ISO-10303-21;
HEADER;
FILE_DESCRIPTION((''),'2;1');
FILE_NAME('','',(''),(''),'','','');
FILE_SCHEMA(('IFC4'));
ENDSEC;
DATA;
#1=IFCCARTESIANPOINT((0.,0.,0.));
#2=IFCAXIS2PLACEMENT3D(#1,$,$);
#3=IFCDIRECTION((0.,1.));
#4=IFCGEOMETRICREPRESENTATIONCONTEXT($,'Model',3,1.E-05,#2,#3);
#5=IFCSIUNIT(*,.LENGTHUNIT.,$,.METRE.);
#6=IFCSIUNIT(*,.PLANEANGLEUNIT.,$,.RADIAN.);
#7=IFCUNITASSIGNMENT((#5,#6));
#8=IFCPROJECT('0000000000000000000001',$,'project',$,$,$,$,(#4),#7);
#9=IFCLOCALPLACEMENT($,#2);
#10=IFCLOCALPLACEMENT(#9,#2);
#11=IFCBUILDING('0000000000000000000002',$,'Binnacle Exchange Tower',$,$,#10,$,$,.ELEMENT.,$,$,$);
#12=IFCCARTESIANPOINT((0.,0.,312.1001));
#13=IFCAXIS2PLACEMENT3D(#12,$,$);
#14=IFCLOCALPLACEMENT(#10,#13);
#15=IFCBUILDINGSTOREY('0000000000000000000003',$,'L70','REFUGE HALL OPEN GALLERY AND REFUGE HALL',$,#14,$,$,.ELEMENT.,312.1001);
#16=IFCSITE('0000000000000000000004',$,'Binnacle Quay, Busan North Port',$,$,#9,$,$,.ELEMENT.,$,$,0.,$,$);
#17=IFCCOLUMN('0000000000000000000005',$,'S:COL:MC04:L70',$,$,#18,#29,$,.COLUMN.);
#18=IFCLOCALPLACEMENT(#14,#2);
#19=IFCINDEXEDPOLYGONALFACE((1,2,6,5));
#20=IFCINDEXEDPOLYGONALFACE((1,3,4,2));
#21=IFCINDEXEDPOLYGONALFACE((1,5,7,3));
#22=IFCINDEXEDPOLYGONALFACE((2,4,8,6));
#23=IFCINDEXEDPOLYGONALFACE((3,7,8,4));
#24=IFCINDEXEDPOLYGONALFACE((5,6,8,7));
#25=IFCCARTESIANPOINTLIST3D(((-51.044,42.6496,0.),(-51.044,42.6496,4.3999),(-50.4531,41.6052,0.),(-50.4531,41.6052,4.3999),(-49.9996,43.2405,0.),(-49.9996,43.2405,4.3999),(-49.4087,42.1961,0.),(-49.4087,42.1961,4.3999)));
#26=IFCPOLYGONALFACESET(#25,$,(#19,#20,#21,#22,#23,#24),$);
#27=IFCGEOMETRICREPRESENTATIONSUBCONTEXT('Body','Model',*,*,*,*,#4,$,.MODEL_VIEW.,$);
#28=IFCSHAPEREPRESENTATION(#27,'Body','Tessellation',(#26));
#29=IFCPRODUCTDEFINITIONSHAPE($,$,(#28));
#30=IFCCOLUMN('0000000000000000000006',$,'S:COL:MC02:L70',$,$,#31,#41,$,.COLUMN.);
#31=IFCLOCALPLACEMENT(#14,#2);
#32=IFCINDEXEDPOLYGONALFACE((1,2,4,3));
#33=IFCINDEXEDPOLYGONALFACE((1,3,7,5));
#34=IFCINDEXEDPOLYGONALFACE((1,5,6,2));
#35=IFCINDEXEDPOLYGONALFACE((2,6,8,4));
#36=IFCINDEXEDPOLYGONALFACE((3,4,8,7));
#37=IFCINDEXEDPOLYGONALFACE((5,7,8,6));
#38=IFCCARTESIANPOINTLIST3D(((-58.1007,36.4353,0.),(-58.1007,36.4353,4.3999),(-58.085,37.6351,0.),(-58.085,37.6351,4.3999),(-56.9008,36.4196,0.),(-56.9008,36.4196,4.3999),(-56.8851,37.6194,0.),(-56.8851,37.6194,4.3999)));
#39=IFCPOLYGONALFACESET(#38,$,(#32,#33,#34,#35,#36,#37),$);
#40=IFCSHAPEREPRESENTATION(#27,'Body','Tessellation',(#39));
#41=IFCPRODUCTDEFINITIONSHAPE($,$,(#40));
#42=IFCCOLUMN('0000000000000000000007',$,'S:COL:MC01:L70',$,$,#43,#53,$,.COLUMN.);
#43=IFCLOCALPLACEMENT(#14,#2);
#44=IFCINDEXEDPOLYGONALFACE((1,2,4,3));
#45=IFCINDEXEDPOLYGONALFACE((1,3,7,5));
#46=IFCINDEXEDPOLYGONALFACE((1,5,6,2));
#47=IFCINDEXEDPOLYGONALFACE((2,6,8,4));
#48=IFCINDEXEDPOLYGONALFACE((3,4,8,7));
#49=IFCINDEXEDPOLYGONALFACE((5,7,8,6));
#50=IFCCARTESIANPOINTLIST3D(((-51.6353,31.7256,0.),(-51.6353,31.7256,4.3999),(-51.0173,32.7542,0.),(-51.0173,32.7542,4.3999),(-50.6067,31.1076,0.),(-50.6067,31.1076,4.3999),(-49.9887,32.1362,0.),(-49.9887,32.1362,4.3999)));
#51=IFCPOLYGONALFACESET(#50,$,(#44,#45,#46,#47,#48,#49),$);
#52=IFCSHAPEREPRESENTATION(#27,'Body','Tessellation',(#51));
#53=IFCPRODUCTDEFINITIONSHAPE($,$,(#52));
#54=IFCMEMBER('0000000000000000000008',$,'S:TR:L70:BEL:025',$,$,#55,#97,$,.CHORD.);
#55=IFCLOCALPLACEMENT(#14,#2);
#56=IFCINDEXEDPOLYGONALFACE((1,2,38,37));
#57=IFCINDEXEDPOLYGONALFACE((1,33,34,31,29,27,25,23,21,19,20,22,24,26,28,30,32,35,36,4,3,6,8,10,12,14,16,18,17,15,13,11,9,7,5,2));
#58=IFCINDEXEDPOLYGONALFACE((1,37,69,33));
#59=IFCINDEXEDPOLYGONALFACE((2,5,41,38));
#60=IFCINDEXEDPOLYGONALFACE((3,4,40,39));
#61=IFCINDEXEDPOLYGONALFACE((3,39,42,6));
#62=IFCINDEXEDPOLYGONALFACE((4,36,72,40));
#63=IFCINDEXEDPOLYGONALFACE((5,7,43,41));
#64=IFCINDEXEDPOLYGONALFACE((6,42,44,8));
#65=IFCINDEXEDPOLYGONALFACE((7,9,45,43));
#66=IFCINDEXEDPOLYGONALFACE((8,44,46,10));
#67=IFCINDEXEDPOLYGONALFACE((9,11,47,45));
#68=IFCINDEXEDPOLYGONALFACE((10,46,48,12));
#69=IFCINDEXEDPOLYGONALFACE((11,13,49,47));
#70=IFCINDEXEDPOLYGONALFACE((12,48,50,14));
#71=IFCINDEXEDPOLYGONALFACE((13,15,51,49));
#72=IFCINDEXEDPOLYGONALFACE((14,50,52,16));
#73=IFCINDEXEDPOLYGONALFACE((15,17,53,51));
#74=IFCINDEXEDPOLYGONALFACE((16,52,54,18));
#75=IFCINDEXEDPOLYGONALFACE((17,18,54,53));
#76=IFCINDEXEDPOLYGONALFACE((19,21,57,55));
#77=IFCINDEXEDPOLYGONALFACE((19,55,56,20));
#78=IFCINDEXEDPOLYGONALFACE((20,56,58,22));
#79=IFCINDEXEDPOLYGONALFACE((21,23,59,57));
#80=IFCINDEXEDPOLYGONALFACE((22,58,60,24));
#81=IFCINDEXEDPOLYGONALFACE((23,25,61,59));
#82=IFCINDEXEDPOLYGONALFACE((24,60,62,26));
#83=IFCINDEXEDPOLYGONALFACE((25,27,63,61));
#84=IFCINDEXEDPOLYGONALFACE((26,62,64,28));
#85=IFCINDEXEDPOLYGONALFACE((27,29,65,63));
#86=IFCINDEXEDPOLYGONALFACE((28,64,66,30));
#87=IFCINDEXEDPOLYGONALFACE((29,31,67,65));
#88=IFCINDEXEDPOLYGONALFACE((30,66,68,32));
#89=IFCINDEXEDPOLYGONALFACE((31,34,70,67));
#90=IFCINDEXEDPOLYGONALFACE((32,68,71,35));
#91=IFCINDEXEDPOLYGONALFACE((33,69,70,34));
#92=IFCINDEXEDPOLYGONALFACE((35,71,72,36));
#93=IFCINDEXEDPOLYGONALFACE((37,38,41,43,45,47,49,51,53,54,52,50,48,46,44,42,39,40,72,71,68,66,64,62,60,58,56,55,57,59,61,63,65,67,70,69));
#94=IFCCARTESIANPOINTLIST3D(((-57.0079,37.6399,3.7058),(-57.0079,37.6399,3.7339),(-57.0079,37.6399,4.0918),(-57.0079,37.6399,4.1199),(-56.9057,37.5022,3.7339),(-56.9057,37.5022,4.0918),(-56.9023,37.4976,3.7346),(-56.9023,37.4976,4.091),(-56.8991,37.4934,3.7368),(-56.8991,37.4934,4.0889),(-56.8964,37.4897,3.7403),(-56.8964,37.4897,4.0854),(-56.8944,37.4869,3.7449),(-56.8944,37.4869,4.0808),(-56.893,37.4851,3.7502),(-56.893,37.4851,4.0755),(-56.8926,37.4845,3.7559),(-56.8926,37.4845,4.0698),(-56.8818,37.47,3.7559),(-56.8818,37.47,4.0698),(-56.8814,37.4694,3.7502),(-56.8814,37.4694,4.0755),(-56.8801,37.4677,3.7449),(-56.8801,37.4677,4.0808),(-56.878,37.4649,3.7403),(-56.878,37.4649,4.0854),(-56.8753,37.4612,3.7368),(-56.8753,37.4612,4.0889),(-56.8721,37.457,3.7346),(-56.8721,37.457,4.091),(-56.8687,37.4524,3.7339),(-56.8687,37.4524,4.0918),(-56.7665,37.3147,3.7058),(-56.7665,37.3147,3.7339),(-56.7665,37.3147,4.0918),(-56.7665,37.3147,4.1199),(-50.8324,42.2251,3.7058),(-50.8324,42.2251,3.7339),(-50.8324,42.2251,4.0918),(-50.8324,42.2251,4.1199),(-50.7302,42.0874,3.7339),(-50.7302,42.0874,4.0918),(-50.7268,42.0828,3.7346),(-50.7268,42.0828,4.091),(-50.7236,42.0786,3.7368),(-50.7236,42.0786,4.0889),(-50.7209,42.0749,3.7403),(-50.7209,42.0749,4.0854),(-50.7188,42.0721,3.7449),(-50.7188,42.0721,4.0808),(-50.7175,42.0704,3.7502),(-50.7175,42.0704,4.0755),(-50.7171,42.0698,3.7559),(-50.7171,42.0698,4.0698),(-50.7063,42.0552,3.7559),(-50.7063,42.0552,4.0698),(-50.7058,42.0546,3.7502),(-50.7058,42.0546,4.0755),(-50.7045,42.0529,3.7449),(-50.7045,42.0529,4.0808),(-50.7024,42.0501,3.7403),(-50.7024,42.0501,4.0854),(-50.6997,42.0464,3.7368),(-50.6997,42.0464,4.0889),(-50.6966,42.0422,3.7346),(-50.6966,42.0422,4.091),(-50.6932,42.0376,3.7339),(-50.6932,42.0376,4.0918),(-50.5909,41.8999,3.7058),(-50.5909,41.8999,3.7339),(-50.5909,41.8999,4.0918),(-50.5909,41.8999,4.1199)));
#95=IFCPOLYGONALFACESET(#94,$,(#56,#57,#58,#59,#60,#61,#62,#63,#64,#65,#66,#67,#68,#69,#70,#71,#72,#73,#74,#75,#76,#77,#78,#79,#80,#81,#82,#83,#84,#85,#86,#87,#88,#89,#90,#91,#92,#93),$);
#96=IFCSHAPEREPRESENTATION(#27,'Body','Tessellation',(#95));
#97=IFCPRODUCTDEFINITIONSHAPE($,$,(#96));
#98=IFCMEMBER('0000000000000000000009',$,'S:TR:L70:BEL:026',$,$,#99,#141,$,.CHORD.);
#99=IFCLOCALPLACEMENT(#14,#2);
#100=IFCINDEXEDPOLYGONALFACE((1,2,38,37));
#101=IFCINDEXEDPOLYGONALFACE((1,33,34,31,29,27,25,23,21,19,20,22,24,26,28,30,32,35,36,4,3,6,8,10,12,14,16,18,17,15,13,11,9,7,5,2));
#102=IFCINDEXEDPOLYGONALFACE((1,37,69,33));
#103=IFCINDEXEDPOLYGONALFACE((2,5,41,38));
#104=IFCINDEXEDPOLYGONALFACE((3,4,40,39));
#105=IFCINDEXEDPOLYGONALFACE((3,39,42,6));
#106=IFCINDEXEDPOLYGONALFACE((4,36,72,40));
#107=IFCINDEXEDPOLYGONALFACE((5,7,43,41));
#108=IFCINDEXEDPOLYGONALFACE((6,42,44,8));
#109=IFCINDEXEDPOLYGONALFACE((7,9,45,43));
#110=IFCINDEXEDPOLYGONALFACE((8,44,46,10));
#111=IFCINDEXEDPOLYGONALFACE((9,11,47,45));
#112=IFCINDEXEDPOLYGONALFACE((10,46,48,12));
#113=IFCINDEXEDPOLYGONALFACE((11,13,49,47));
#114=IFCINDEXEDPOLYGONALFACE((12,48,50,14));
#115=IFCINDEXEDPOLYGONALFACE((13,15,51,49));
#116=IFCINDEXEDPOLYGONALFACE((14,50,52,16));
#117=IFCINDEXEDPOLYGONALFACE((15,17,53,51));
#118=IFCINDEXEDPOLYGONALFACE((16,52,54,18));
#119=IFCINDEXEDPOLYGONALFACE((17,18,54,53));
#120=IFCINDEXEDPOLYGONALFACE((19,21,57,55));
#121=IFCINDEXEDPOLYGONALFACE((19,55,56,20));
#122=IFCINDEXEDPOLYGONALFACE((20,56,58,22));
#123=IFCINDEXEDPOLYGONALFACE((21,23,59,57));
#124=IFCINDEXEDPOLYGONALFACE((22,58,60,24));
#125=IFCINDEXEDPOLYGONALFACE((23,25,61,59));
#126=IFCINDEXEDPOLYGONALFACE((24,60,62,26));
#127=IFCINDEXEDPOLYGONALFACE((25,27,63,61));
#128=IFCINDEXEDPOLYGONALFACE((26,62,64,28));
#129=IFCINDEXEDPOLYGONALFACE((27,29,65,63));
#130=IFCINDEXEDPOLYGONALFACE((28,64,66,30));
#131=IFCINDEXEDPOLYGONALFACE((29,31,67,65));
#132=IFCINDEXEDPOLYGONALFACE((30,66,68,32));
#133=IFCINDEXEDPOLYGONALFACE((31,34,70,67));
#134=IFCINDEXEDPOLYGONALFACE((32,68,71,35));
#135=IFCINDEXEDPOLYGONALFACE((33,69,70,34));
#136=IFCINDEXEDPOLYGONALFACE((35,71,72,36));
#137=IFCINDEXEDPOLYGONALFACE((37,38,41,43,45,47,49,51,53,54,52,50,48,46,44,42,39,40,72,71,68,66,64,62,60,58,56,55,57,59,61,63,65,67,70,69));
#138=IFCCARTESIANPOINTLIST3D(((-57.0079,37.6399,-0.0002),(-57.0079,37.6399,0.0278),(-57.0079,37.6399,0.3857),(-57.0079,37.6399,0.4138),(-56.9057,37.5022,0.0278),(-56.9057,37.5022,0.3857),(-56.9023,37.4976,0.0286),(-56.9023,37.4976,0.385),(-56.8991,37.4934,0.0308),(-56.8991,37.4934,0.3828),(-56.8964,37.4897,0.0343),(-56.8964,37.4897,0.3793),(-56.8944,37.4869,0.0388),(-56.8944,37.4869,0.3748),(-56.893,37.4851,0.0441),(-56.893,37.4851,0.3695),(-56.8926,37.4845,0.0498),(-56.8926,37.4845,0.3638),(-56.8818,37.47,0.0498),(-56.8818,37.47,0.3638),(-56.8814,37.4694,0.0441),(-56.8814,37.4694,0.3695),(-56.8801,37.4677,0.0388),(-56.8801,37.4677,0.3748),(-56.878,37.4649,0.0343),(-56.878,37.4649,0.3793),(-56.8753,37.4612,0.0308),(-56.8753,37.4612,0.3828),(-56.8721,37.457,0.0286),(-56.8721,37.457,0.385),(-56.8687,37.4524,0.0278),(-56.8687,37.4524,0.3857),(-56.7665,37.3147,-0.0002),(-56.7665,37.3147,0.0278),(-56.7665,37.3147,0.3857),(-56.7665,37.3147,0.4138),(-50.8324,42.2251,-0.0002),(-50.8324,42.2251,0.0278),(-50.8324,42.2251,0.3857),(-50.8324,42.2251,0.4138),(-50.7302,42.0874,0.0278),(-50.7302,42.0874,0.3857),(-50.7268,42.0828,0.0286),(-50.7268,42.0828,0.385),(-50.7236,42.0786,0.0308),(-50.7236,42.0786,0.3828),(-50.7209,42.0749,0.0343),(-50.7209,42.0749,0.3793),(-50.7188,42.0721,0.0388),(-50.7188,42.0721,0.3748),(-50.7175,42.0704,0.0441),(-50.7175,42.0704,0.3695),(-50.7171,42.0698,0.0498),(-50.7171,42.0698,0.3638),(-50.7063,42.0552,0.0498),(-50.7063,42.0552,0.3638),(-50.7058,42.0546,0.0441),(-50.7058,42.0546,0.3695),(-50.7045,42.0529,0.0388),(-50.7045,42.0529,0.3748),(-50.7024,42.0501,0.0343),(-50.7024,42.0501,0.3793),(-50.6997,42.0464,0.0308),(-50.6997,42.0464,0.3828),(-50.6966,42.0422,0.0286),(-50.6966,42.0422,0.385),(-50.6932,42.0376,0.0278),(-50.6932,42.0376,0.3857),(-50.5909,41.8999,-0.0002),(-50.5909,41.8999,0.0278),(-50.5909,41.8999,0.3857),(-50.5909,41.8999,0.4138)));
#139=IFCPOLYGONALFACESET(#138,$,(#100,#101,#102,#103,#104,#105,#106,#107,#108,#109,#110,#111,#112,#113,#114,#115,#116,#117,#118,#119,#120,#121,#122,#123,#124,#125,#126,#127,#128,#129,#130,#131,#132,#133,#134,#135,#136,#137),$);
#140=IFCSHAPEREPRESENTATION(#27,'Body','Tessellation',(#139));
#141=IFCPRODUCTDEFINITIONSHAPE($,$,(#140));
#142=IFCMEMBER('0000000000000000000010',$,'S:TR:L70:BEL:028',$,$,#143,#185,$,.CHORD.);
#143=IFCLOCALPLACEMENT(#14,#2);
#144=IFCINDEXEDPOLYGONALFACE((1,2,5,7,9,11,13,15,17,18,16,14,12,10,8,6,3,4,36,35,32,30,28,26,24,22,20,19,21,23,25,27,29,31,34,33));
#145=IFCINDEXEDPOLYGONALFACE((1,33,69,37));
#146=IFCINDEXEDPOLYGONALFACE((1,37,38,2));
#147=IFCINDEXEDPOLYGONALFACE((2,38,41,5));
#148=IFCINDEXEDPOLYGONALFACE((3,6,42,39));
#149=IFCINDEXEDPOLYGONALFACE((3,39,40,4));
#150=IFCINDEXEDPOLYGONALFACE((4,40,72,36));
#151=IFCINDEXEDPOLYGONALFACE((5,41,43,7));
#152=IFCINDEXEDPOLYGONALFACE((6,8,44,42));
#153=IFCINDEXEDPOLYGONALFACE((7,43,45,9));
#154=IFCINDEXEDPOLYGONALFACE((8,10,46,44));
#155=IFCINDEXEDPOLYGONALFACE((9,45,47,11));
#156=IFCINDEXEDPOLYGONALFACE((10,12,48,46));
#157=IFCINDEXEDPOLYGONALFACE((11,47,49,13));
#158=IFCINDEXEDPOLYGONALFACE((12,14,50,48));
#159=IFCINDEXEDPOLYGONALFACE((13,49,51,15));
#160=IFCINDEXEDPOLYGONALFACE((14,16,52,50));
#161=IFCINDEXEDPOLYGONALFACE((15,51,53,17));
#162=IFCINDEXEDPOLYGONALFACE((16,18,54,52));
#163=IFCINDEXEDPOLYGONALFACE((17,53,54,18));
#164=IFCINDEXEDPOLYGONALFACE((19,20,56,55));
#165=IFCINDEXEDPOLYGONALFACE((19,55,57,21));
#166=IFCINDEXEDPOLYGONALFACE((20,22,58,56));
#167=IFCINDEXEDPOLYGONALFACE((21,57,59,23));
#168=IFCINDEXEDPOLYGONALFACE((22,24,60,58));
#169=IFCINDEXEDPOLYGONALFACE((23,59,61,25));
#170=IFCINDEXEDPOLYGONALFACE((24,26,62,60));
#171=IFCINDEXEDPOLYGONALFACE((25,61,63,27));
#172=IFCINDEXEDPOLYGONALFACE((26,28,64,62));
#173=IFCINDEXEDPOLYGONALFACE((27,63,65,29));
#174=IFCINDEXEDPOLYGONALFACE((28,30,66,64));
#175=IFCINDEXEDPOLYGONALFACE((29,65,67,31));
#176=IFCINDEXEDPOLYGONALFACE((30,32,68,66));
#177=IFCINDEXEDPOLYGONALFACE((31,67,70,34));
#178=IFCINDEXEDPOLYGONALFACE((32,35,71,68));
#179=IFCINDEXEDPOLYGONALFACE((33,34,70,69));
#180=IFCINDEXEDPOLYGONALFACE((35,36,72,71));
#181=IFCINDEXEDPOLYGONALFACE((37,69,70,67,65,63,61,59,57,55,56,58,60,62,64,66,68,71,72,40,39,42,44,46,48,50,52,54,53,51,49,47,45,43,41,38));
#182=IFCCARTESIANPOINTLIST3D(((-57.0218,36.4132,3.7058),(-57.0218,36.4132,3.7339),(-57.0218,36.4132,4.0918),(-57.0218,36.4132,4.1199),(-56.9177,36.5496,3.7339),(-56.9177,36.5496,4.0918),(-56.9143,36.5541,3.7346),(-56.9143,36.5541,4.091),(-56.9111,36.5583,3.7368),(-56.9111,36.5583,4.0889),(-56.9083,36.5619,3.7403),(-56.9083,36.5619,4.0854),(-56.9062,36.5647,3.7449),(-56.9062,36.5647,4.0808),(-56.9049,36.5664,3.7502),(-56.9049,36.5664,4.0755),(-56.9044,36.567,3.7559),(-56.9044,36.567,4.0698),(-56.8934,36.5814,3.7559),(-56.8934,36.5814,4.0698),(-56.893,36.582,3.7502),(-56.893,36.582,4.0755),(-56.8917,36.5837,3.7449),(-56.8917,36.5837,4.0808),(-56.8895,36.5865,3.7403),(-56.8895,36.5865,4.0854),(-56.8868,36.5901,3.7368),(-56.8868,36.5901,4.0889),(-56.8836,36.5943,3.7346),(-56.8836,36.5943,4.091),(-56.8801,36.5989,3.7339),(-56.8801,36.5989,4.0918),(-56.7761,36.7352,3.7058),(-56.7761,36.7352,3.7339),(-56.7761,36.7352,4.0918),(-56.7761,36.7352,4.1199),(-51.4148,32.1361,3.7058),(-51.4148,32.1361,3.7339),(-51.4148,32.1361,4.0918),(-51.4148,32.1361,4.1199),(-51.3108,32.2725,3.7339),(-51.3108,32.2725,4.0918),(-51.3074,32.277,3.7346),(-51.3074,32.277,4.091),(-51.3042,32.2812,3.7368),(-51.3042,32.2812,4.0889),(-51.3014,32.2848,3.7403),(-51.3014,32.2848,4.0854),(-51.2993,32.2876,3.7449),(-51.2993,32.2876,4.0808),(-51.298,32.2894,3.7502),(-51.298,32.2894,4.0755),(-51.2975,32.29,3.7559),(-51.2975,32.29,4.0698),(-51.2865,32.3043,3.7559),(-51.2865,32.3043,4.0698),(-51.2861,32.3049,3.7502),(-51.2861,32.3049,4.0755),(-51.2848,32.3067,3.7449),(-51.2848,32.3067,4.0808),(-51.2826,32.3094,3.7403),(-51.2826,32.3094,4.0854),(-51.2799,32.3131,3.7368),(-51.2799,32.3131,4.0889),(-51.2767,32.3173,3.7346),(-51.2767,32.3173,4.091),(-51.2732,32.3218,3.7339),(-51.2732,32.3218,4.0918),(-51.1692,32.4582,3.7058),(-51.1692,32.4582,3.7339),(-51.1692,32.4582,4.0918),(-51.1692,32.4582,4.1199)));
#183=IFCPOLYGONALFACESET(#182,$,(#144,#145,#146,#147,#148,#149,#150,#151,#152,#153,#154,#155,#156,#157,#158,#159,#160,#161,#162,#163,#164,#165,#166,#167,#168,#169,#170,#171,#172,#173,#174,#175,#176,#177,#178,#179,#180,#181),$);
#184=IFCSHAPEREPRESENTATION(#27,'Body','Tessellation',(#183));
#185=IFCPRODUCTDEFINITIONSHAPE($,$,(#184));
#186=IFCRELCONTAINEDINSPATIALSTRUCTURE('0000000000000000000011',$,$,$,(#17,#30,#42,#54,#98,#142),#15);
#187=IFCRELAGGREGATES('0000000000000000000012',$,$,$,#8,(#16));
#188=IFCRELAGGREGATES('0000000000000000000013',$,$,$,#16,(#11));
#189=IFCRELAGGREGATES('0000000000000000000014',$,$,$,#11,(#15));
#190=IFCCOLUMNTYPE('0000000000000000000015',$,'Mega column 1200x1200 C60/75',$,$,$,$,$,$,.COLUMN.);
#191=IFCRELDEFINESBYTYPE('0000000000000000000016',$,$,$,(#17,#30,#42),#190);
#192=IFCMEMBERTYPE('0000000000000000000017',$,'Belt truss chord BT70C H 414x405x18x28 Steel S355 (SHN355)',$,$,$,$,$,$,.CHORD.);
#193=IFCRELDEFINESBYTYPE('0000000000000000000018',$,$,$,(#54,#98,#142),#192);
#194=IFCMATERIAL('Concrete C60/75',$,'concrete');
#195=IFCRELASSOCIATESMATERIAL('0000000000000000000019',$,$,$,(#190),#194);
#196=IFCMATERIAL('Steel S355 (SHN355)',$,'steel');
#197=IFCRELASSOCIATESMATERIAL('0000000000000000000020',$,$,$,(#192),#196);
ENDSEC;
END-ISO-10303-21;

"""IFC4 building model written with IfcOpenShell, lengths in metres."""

from ifc_helpers import new_model, si_unit, direction, frame, origin, origin_2d, place, context, subcontext, project, spatial, rectangle, i_section, extrude, material, material_profile, profile_set, type_object, element, save


model = new_model("IFC4")

# Units and contexts
model_context = context("Model", 3, precision=1e-05, world=origin(), true_north=direction((0.0, 1.0)))
body_context = subcontext(model_context, "Body", "Model", "MODEL_VIEW")
ifc_project = project(units=[si_unit("LENGTHUNIT", "METRE"), si_unit("PLANEANGLEUNIT", "RADIAN")], contexts=[model_context])

# Site, building, storey
site_placement = place(None, origin())
site = spatial("IfcSite", under=ifc_project, at=site_placement, Name="Binnacle Quay, Busan North Port", CompositionType="ELEMENT", RefElevation=0.0)
building_placement = place(site_placement, origin())
building = spatial("IfcBuilding", under=site, at=building_placement, Name="Binnacle Exchange Tower", CompositionType="ELEMENT")
storey_placement = place(building_placement, frame((0.0, 0.0, 312.1001)))
storey = spatial("IfcBuildingStorey", under=building, at=storey_placement, Name="L70", Description="REFUGE HALL OPEN GALLERY AND REFUGE HALL", CompositionType="ELEMENT", Elevation=312.1001)

# Columns
ifc_material_1 = material(Name="Concrete C60/75", Category="concrete")
ifc_material_profile_1 = material_profile(ifc_material_1, rectangle(XDim=1.2, YDim=1.2, at=origin_2d()), Name="Mega column 1200x1200 C60/75")
ifc_profile_set_1 = profile_set([ifc_material_profile_1], Name="Concrete C60/75")
column_type = type_object("IfcColumnType", Name="Mega column 1200x1200 C60/75", PredefinedType="COLUMN", material=ifc_profile_set_1)
for number, where, z_axis, x_axis, name in (
    (1, (-50.2263, 42.4229, 0.0), (0.0, 0.0, 1.0), (-0.870356, -0.492424, 0.0), "S:COL:MC04:L70"),
    (2, (-57.4929, 37.0273, 0.0), (0.0, 0.0, 1.0), (-0.01309, -0.999914, 0.0), "S:COL:MC02:L70"),
    (3, (-50.812, 31.9309, 0.0), (0.0, 0.0, 1.0), (0.857167, -0.515038, 0.0), "S:COL:MC01:L70"),
):
    element("IfcColumn", number, at=place(storey_placement, frame(where, z_axis=z_axis, x_axis=x_axis)), inside=storey, type_object=column_type, Name=name, PredefinedType="COLUMN", context=body_context, shape_type="SweptSolid", body=[
        extrude(rectangle(XDim=1.2, YDim=1.2, at=origin_2d()), origin(), (0.0, 0.0, 1.0), 4.3999),
    ])

# Members
ifc_material_2 = material(Name="Steel S355 (SHN355)", Category="steel")
ifc_material_profile_2 = material_profile(ifc_material_2, i_section(OverallWidth=0.405, OverallDepth=0.4141, WebThickness=0.0181, FlangeThickness=0.0281, FilletRadius=0.022, at=origin_2d()), Name="H 414x405x18x28")
ifc_profile_set_2 = profile_set([ifc_material_profile_2], Name="Steel S355 (SHN355)")
member_type_1 = type_object("IfcMemberType", Name="Belt truss chord BT70C H 414x405x18x28 Steel S355 (SHN355)", PredefinedType="CHORD", material=ifc_profile_set_2)
for number, where, z_axis, x_axis, name in (
    (4, (-50.7117, 42.0625, 3.9128), (-0.802889, -0.596128, 0.0), (0.596128, -0.802889, 0.0), "S:TR:L70:BEL:025"),
    (5, (-50.7117, 42.0625, 0.2068), (-0.802889, -0.596128, 0.0), (0.596128, -0.802889, 0.0), "S:TR:L70:BEL:026"),
):
    element("IfcMember", number, at=place(storey_placement, frame(where, z_axis=z_axis, x_axis=x_axis)), inside=storey, type_object=member_type_1, Name=name, PredefinedType="CHORD", context=body_context, shape_type="SweptSolid", body=[
        extrude(i_section(OverallWidth=0.405, OverallDepth=0.4141, WebThickness=0.0181, FlangeThickness=0.0281, FilletRadius=0.022, at=origin_2d()), origin(), (0.0, 0.0, 1.0), 7.6917),
    ])
for number, where, z_axis, x_axis, name in (
    (6, (-56.8989, 36.5742, 3.9128), (0.79508, -0.606505, 0.0), (0.606505, 0.79508, 0.0), "S:TR:L70:BEL:028"),
):
    element("IfcMember", number, at=place(storey_placement, frame(where, z_axis=z_axis, x_axis=x_axis)), inside=storey, type_object=member_type_1, Name=name, PredefinedType="CHORD", context=body_context, shape_type="SweptSolid", body=[
        extrude(i_section(OverallWidth=0.405, OverallDepth=0.4141, WebThickness=0.0181, FlangeThickness=0.0281, FilletRadius=0.022, at=origin_2d()), origin(), (0.0, 0.0, 1.0), 7.052),
    ])

save(model, "model.ifc")
